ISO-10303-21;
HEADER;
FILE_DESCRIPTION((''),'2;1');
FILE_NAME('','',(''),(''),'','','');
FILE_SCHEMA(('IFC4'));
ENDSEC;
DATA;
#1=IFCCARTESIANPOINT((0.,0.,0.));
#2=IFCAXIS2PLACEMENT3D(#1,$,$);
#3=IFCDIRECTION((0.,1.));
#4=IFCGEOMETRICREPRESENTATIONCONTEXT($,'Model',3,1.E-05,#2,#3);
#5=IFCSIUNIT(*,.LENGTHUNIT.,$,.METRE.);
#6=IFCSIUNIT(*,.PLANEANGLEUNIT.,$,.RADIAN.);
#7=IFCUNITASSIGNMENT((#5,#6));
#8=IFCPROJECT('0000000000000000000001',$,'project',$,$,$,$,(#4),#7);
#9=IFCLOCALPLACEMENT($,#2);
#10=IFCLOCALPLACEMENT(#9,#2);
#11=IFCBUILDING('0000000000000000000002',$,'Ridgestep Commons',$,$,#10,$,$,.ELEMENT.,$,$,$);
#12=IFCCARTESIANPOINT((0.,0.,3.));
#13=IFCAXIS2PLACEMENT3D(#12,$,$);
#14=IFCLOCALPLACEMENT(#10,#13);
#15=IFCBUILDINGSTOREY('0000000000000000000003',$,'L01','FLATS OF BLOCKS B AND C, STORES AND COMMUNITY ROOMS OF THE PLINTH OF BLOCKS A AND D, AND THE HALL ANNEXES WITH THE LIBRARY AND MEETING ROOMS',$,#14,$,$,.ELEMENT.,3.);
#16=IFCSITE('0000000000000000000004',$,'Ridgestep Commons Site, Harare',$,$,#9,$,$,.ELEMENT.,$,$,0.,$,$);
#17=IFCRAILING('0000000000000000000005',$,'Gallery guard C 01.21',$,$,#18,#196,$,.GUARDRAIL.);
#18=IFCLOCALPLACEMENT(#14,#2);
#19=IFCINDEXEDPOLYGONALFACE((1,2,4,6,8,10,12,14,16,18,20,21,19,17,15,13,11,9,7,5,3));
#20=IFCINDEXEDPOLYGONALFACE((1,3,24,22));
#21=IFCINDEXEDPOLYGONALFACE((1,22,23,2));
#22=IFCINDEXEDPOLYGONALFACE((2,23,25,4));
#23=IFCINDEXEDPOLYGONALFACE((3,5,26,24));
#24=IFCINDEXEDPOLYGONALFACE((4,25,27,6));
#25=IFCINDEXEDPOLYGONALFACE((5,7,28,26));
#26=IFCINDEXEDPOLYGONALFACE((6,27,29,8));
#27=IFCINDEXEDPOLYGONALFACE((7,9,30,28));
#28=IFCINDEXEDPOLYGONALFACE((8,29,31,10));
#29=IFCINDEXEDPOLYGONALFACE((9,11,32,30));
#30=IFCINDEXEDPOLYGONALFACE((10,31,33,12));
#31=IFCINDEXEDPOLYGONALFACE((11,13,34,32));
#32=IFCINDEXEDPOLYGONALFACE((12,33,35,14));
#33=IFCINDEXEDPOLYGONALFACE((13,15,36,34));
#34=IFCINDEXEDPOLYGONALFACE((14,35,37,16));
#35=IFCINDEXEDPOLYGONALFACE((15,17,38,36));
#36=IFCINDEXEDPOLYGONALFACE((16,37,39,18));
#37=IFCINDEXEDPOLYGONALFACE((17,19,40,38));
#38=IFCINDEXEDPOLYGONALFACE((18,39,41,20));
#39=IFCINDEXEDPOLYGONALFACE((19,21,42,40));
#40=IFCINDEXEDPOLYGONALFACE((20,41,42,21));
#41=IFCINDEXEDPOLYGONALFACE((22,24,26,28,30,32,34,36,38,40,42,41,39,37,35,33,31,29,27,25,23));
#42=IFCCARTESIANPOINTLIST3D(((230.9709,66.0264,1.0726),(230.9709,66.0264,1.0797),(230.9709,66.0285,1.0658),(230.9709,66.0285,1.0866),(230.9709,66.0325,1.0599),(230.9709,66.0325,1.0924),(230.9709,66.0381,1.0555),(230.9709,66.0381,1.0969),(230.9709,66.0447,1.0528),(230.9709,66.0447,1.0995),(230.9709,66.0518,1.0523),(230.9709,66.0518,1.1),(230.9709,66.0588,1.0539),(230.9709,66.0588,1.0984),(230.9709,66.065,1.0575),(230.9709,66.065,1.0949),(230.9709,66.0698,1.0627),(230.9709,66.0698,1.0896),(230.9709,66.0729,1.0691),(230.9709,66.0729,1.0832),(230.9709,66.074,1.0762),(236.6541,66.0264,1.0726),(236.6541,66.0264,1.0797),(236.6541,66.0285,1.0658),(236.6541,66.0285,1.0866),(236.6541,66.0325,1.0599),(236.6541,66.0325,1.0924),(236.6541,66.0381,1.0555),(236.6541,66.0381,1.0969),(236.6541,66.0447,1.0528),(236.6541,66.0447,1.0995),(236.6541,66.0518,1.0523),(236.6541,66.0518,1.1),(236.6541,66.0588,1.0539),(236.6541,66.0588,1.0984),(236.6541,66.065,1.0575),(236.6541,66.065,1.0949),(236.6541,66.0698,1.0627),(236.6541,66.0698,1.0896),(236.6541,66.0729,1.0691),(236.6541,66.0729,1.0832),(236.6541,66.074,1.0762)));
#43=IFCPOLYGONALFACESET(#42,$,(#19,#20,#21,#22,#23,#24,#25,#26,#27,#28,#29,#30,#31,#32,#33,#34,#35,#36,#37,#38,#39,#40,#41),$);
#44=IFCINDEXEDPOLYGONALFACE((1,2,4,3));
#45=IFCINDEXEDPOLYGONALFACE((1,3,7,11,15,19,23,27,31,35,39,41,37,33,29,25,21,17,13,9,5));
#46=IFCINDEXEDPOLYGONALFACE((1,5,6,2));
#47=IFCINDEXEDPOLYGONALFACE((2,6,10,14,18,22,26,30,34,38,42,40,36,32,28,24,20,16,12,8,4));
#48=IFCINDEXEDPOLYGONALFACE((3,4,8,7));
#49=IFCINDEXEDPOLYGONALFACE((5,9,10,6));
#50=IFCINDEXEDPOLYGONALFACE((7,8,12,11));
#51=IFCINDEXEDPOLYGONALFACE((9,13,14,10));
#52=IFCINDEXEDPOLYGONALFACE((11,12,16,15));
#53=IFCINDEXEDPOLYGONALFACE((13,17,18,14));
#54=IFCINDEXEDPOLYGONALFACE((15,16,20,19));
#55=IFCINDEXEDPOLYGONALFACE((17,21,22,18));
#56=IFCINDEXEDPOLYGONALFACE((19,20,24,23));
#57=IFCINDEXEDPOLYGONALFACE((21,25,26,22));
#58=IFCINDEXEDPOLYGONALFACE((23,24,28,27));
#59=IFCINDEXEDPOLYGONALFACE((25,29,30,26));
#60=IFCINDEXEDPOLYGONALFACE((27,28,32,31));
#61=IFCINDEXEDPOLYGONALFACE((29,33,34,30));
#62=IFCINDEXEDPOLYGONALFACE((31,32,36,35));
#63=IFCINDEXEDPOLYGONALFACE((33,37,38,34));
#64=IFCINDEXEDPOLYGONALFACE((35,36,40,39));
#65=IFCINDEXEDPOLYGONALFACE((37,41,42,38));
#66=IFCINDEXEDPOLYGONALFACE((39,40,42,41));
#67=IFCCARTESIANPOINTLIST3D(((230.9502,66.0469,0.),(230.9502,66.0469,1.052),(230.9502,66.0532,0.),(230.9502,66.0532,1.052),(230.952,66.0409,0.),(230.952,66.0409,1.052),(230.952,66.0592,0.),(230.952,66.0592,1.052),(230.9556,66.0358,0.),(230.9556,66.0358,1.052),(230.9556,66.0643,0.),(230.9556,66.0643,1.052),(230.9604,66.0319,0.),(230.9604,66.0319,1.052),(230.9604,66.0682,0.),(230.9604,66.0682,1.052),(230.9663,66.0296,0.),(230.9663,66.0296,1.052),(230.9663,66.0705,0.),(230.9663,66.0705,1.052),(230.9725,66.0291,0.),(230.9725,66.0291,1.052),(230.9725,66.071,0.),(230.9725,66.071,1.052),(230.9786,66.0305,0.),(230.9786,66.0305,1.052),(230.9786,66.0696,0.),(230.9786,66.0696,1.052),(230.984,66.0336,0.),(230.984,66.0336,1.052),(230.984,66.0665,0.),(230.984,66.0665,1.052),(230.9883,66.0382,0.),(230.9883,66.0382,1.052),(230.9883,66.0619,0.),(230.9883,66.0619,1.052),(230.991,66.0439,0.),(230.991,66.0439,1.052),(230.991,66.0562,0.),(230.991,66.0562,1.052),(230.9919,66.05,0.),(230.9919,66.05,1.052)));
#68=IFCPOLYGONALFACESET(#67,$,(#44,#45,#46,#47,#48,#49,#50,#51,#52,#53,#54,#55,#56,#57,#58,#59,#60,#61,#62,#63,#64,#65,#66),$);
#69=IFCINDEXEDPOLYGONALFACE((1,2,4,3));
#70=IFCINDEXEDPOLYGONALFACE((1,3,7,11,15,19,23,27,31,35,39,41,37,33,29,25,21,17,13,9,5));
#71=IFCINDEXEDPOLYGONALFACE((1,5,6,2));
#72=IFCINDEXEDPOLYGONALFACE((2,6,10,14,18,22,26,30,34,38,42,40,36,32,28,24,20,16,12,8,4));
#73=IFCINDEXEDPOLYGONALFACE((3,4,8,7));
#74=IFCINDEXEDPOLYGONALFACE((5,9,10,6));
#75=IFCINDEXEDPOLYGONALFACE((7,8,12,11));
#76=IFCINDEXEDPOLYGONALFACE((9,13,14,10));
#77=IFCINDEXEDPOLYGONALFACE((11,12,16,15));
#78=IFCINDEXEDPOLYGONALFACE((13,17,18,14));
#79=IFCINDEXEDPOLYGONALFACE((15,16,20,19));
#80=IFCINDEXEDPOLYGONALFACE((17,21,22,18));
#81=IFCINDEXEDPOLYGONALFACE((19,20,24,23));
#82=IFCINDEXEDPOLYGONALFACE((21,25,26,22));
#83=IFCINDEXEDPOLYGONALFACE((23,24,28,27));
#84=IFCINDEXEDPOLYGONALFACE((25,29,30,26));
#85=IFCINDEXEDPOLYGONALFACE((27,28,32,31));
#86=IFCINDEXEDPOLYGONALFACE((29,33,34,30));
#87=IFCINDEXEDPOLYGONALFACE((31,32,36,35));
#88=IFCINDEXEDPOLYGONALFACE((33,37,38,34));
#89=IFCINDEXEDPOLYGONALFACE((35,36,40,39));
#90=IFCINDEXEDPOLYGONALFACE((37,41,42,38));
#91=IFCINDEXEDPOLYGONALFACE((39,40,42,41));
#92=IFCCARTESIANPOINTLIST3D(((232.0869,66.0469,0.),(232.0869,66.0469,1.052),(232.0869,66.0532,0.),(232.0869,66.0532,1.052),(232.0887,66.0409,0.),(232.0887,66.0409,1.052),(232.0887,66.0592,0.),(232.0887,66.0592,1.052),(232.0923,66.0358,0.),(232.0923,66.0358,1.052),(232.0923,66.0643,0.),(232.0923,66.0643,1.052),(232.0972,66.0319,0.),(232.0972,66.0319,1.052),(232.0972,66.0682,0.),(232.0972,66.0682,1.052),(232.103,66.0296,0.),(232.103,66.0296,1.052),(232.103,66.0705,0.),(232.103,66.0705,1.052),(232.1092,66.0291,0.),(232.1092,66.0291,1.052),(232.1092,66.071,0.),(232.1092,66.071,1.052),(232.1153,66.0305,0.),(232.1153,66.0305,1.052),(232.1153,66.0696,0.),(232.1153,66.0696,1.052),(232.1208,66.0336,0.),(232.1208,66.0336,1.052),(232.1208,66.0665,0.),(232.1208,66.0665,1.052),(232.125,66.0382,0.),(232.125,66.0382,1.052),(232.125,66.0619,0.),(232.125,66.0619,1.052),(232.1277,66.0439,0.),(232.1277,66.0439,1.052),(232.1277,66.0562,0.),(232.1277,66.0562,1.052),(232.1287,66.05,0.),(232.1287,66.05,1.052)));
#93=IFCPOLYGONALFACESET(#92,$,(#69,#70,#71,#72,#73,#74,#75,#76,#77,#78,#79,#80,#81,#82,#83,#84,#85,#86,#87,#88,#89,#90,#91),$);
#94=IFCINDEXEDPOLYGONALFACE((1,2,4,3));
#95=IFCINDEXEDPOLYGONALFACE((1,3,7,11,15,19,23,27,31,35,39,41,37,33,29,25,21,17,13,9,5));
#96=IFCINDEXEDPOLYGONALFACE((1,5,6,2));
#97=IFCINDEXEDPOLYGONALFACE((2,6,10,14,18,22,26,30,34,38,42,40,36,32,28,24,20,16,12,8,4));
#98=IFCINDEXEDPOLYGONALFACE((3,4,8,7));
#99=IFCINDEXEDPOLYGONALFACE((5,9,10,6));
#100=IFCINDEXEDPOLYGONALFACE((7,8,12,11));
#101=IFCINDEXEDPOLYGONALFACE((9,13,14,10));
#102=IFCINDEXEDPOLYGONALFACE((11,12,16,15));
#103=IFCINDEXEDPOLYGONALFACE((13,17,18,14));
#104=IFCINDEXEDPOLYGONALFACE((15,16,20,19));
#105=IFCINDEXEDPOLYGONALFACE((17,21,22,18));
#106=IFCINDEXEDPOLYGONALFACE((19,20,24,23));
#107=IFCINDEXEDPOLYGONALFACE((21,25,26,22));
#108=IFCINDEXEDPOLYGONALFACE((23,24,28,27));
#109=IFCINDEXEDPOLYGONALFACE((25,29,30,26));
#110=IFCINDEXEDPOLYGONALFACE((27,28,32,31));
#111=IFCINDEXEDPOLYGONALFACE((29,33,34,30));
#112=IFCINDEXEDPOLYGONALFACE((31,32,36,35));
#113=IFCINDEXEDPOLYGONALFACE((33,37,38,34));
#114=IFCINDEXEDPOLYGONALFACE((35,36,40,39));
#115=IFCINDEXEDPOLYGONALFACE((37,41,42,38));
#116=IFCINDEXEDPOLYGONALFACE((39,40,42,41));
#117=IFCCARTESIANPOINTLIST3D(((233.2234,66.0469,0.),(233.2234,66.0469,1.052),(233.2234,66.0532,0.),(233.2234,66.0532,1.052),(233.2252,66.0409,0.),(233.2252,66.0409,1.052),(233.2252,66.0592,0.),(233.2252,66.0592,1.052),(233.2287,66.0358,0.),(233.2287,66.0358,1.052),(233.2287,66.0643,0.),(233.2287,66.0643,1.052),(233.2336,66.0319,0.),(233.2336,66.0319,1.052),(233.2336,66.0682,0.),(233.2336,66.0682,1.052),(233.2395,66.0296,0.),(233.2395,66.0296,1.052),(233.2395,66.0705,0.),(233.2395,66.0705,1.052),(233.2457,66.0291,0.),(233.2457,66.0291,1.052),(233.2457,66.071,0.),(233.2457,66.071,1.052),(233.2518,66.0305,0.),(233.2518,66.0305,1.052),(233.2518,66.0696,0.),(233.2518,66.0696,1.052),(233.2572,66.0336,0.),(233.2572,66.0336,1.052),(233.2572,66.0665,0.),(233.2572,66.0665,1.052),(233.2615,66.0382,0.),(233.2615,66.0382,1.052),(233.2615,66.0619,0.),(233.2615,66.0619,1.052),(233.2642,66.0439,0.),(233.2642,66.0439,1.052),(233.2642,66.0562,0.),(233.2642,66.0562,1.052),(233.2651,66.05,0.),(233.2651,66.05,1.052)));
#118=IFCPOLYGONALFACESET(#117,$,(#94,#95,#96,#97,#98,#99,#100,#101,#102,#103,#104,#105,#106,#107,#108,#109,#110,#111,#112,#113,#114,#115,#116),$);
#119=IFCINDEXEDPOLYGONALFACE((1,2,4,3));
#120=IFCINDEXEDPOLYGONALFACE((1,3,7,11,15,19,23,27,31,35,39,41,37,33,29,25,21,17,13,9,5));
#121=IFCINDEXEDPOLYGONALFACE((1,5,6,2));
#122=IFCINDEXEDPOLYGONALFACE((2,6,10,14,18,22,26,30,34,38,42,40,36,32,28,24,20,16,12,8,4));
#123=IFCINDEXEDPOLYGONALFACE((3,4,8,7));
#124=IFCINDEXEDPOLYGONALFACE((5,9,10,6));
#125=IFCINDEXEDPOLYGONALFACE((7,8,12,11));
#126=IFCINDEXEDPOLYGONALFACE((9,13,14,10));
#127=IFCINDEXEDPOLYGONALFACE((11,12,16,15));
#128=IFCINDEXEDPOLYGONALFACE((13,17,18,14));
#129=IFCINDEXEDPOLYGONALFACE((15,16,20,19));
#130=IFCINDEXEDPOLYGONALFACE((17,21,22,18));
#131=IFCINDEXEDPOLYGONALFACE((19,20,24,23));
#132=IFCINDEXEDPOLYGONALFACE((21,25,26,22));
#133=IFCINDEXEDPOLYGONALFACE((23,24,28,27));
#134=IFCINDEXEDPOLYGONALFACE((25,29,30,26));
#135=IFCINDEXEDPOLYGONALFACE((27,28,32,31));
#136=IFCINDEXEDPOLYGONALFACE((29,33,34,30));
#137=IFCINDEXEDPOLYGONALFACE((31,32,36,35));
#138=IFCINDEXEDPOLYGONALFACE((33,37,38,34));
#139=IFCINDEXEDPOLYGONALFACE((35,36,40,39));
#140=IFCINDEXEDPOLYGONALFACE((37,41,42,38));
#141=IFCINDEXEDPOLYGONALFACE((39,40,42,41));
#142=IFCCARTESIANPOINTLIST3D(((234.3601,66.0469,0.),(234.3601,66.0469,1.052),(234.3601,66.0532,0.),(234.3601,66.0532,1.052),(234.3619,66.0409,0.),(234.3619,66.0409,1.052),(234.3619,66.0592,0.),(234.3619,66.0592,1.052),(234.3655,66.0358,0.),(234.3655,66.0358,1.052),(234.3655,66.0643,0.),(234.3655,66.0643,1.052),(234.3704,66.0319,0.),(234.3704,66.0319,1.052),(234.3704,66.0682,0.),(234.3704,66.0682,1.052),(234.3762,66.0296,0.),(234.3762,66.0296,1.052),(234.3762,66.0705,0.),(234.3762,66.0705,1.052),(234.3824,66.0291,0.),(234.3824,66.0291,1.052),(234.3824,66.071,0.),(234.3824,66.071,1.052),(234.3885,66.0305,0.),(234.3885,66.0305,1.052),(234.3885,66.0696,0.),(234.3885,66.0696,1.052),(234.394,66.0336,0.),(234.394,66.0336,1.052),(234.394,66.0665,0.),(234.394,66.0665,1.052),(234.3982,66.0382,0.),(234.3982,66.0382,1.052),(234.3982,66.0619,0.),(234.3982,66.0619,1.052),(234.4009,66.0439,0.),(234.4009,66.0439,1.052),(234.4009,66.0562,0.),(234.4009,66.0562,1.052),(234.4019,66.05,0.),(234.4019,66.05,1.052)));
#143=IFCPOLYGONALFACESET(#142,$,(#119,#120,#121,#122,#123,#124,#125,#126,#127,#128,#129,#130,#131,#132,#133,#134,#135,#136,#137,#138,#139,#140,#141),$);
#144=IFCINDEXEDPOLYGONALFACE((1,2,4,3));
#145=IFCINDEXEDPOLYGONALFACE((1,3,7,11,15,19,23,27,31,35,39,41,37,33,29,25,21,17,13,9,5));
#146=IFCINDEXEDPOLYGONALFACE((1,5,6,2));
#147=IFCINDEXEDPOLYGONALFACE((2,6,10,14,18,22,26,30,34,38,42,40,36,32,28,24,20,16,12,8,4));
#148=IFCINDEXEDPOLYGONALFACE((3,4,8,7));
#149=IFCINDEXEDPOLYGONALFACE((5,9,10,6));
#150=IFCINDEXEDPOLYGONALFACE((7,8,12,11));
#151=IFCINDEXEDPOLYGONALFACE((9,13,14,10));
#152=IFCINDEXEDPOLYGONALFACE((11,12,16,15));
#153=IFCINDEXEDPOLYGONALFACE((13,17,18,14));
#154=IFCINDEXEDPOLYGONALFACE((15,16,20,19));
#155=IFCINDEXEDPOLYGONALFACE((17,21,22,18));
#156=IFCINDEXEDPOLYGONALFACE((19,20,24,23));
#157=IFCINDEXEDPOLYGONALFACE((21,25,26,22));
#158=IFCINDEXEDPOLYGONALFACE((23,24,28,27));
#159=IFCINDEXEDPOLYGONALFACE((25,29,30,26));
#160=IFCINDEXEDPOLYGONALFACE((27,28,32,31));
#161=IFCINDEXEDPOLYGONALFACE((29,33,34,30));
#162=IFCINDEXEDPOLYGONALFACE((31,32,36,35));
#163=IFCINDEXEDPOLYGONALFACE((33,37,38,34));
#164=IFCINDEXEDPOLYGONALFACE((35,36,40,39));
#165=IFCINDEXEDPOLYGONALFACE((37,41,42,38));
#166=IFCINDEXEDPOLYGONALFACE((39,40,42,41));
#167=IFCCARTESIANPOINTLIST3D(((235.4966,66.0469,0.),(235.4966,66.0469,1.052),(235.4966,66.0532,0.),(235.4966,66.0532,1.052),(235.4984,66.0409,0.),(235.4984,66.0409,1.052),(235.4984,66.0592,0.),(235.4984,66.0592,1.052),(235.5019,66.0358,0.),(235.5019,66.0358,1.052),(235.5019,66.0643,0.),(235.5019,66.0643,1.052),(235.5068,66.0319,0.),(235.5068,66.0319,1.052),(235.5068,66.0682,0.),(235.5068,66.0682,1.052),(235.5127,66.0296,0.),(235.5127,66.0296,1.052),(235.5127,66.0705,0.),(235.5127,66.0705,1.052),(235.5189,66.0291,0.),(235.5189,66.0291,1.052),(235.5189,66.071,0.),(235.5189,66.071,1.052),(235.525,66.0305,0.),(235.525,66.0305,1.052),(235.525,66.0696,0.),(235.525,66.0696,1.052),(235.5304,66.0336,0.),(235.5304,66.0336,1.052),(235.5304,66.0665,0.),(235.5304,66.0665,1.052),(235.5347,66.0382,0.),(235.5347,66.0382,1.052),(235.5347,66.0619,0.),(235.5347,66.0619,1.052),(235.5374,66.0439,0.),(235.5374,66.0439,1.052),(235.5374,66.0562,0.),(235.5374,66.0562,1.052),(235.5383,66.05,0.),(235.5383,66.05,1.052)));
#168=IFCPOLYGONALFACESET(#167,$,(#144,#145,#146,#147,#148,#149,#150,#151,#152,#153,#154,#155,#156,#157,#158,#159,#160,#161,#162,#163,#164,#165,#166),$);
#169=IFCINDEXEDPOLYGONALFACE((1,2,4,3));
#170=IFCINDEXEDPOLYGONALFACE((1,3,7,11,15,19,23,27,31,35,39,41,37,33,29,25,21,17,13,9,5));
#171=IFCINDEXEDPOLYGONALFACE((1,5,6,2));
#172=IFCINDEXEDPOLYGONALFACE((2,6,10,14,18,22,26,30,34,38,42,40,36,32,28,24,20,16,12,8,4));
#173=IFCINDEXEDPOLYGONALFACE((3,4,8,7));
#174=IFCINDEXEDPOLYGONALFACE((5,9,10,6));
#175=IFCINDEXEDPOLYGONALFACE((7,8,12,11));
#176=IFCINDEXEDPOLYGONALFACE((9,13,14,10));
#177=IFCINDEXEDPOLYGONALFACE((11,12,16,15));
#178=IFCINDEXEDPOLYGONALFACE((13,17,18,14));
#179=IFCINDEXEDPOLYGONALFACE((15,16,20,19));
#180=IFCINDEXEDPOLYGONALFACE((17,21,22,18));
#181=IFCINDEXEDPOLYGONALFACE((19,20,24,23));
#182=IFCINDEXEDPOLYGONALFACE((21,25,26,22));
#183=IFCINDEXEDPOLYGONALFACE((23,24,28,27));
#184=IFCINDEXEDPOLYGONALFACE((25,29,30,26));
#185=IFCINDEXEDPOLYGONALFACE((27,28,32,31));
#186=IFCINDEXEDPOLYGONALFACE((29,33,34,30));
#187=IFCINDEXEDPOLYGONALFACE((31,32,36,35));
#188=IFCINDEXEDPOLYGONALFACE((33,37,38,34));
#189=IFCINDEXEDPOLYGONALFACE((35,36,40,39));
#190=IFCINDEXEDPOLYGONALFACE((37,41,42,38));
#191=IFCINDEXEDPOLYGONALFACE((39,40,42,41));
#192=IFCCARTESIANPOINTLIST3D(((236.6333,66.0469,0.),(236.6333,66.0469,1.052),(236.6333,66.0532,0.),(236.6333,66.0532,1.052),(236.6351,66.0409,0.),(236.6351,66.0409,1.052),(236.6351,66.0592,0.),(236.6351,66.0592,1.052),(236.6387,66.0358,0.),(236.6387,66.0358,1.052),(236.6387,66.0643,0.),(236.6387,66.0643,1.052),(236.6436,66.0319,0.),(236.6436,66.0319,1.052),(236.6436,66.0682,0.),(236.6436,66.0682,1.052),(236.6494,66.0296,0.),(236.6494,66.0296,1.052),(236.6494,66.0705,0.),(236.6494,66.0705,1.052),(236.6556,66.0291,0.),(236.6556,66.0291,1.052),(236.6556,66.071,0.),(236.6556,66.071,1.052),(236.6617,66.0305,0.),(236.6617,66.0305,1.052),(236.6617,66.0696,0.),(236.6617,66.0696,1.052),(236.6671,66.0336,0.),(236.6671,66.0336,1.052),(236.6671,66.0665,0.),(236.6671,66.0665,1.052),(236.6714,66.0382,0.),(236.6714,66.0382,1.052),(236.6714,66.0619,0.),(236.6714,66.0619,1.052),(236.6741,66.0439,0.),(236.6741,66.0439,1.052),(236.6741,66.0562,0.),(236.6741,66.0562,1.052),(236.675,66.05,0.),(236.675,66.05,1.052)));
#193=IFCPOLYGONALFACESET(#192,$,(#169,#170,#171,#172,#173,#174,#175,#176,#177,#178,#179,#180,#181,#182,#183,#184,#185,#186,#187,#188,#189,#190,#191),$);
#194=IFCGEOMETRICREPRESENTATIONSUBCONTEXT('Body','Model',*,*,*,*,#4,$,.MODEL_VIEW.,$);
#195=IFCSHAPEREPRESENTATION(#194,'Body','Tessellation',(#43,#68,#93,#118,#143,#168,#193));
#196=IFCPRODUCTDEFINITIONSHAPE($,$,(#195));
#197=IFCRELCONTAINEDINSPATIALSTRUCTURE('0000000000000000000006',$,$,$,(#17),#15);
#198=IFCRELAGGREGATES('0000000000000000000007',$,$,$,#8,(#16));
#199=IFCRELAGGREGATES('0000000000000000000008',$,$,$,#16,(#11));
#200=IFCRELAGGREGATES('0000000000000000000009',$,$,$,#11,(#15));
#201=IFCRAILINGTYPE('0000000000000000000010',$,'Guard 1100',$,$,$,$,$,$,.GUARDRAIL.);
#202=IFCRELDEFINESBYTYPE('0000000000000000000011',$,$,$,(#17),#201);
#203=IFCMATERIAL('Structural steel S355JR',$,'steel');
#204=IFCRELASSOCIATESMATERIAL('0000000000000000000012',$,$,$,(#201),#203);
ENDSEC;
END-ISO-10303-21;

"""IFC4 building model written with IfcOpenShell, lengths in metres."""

from ifc_helpers import new_model, si_unit, direction, frame, origin, origin_2d, place, context, subcontext, project, spatial, circle, extrude, material, type_object, element, save


model = new_model("IFC4")

# Units and contexts
model_context = context("Model", 3, precision=1e-05, world=origin(), true_north=direction((0.0, 1.0)))
body_context = subcontext(model_context, "Body", "Model", "MODEL_VIEW")
ifc_project = project(units=[si_unit("LENGTHUNIT", "METRE"), si_unit("PLANEANGLEUNIT", "RADIAN")], contexts=[model_context])

# Site, building, storey
site_placement = place(None, origin())
site = spatial("IfcSite", under=ifc_project, at=site_placement, Name="Ridgestep Commons Site, Harare", CompositionType="ELEMENT", RefElevation=0.0)
building_placement = place(site_placement, origin())
building = spatial("IfcBuilding", under=site, at=building_placement, Name="Ridgestep Commons", CompositionType="ELEMENT")
storey_placement = place(building_placement, frame((0.0, 0.0, 3.0)))
storey = spatial("IfcBuildingStorey", under=building, at=storey_placement, Name="L01", Description="FLATS OF BLOCKS B AND C, STORES AND COMMUNITY ROOMS OF THE PLINTH OF BLOCKS A AND D, AND THE HALL ANNEXES WITH THE LIBRARY AND MEETING ROOMS", CompositionType="ELEMENT", Elevation=3.0)

# Railing
ifc_material_1 = material(Name="Structural steel S355JR", Category="steel")
railing_type = type_object("IfcRailingType", Name="Guard 1100", PredefinedType="GUARDRAIL", material=ifc_material_1)
railing_1_placement = place(storey_placement, frame((230.9709, 66.05, 0.0)))
element("IfcRailing", 1, at=railing_1_placement, inside=storey, type_object=railing_type, Name="Gallery guard C 01.21", PredefinedType="GUARDRAIL", context=body_context, shape_type="SweptSolid", body=[
    extrude(circle(Radius=0.0239, at=origin_2d()), frame((0.0, 0.0, 1.0762), z_axis=(1.0, 0.0, 0.0), x_axis=(0.0, 1.0, 0.0)), (0.0, 0.0, 1.0), 5.6831),
    extrude(circle(Radius=0.021, at=origin_2d()), origin(), (0.0, 0.0, 1.0), 1.052),
    extrude(circle(Radius=0.021, at=origin_2d()), frame((1.1367, 0.0, 0.0)), (0.0, 0.0, 1.0), 1.052),
    extrude(circle(Radius=0.021, at=origin_2d()), frame((2.2732, 0.0, 0.0)), (0.0, 0.0, 1.0), 1.052),
    extrude(circle(Radius=0.021, at=origin_2d()), frame((3.4099, 0.0, 0.0)), (0.0, 0.0, 1.0), 1.052),
    extrude(circle(Radius=0.021, at=origin_2d()), frame((4.5464, 0.0, 0.0)), (0.0, 0.0, 1.0), 1.052),
    extrude(circle(Radius=0.021, at=origin_2d()), frame((5.6831, 0.0, 0.0)), (0.0, 0.0, 1.0), 1.052),
])

save(model, "model.ifc")
